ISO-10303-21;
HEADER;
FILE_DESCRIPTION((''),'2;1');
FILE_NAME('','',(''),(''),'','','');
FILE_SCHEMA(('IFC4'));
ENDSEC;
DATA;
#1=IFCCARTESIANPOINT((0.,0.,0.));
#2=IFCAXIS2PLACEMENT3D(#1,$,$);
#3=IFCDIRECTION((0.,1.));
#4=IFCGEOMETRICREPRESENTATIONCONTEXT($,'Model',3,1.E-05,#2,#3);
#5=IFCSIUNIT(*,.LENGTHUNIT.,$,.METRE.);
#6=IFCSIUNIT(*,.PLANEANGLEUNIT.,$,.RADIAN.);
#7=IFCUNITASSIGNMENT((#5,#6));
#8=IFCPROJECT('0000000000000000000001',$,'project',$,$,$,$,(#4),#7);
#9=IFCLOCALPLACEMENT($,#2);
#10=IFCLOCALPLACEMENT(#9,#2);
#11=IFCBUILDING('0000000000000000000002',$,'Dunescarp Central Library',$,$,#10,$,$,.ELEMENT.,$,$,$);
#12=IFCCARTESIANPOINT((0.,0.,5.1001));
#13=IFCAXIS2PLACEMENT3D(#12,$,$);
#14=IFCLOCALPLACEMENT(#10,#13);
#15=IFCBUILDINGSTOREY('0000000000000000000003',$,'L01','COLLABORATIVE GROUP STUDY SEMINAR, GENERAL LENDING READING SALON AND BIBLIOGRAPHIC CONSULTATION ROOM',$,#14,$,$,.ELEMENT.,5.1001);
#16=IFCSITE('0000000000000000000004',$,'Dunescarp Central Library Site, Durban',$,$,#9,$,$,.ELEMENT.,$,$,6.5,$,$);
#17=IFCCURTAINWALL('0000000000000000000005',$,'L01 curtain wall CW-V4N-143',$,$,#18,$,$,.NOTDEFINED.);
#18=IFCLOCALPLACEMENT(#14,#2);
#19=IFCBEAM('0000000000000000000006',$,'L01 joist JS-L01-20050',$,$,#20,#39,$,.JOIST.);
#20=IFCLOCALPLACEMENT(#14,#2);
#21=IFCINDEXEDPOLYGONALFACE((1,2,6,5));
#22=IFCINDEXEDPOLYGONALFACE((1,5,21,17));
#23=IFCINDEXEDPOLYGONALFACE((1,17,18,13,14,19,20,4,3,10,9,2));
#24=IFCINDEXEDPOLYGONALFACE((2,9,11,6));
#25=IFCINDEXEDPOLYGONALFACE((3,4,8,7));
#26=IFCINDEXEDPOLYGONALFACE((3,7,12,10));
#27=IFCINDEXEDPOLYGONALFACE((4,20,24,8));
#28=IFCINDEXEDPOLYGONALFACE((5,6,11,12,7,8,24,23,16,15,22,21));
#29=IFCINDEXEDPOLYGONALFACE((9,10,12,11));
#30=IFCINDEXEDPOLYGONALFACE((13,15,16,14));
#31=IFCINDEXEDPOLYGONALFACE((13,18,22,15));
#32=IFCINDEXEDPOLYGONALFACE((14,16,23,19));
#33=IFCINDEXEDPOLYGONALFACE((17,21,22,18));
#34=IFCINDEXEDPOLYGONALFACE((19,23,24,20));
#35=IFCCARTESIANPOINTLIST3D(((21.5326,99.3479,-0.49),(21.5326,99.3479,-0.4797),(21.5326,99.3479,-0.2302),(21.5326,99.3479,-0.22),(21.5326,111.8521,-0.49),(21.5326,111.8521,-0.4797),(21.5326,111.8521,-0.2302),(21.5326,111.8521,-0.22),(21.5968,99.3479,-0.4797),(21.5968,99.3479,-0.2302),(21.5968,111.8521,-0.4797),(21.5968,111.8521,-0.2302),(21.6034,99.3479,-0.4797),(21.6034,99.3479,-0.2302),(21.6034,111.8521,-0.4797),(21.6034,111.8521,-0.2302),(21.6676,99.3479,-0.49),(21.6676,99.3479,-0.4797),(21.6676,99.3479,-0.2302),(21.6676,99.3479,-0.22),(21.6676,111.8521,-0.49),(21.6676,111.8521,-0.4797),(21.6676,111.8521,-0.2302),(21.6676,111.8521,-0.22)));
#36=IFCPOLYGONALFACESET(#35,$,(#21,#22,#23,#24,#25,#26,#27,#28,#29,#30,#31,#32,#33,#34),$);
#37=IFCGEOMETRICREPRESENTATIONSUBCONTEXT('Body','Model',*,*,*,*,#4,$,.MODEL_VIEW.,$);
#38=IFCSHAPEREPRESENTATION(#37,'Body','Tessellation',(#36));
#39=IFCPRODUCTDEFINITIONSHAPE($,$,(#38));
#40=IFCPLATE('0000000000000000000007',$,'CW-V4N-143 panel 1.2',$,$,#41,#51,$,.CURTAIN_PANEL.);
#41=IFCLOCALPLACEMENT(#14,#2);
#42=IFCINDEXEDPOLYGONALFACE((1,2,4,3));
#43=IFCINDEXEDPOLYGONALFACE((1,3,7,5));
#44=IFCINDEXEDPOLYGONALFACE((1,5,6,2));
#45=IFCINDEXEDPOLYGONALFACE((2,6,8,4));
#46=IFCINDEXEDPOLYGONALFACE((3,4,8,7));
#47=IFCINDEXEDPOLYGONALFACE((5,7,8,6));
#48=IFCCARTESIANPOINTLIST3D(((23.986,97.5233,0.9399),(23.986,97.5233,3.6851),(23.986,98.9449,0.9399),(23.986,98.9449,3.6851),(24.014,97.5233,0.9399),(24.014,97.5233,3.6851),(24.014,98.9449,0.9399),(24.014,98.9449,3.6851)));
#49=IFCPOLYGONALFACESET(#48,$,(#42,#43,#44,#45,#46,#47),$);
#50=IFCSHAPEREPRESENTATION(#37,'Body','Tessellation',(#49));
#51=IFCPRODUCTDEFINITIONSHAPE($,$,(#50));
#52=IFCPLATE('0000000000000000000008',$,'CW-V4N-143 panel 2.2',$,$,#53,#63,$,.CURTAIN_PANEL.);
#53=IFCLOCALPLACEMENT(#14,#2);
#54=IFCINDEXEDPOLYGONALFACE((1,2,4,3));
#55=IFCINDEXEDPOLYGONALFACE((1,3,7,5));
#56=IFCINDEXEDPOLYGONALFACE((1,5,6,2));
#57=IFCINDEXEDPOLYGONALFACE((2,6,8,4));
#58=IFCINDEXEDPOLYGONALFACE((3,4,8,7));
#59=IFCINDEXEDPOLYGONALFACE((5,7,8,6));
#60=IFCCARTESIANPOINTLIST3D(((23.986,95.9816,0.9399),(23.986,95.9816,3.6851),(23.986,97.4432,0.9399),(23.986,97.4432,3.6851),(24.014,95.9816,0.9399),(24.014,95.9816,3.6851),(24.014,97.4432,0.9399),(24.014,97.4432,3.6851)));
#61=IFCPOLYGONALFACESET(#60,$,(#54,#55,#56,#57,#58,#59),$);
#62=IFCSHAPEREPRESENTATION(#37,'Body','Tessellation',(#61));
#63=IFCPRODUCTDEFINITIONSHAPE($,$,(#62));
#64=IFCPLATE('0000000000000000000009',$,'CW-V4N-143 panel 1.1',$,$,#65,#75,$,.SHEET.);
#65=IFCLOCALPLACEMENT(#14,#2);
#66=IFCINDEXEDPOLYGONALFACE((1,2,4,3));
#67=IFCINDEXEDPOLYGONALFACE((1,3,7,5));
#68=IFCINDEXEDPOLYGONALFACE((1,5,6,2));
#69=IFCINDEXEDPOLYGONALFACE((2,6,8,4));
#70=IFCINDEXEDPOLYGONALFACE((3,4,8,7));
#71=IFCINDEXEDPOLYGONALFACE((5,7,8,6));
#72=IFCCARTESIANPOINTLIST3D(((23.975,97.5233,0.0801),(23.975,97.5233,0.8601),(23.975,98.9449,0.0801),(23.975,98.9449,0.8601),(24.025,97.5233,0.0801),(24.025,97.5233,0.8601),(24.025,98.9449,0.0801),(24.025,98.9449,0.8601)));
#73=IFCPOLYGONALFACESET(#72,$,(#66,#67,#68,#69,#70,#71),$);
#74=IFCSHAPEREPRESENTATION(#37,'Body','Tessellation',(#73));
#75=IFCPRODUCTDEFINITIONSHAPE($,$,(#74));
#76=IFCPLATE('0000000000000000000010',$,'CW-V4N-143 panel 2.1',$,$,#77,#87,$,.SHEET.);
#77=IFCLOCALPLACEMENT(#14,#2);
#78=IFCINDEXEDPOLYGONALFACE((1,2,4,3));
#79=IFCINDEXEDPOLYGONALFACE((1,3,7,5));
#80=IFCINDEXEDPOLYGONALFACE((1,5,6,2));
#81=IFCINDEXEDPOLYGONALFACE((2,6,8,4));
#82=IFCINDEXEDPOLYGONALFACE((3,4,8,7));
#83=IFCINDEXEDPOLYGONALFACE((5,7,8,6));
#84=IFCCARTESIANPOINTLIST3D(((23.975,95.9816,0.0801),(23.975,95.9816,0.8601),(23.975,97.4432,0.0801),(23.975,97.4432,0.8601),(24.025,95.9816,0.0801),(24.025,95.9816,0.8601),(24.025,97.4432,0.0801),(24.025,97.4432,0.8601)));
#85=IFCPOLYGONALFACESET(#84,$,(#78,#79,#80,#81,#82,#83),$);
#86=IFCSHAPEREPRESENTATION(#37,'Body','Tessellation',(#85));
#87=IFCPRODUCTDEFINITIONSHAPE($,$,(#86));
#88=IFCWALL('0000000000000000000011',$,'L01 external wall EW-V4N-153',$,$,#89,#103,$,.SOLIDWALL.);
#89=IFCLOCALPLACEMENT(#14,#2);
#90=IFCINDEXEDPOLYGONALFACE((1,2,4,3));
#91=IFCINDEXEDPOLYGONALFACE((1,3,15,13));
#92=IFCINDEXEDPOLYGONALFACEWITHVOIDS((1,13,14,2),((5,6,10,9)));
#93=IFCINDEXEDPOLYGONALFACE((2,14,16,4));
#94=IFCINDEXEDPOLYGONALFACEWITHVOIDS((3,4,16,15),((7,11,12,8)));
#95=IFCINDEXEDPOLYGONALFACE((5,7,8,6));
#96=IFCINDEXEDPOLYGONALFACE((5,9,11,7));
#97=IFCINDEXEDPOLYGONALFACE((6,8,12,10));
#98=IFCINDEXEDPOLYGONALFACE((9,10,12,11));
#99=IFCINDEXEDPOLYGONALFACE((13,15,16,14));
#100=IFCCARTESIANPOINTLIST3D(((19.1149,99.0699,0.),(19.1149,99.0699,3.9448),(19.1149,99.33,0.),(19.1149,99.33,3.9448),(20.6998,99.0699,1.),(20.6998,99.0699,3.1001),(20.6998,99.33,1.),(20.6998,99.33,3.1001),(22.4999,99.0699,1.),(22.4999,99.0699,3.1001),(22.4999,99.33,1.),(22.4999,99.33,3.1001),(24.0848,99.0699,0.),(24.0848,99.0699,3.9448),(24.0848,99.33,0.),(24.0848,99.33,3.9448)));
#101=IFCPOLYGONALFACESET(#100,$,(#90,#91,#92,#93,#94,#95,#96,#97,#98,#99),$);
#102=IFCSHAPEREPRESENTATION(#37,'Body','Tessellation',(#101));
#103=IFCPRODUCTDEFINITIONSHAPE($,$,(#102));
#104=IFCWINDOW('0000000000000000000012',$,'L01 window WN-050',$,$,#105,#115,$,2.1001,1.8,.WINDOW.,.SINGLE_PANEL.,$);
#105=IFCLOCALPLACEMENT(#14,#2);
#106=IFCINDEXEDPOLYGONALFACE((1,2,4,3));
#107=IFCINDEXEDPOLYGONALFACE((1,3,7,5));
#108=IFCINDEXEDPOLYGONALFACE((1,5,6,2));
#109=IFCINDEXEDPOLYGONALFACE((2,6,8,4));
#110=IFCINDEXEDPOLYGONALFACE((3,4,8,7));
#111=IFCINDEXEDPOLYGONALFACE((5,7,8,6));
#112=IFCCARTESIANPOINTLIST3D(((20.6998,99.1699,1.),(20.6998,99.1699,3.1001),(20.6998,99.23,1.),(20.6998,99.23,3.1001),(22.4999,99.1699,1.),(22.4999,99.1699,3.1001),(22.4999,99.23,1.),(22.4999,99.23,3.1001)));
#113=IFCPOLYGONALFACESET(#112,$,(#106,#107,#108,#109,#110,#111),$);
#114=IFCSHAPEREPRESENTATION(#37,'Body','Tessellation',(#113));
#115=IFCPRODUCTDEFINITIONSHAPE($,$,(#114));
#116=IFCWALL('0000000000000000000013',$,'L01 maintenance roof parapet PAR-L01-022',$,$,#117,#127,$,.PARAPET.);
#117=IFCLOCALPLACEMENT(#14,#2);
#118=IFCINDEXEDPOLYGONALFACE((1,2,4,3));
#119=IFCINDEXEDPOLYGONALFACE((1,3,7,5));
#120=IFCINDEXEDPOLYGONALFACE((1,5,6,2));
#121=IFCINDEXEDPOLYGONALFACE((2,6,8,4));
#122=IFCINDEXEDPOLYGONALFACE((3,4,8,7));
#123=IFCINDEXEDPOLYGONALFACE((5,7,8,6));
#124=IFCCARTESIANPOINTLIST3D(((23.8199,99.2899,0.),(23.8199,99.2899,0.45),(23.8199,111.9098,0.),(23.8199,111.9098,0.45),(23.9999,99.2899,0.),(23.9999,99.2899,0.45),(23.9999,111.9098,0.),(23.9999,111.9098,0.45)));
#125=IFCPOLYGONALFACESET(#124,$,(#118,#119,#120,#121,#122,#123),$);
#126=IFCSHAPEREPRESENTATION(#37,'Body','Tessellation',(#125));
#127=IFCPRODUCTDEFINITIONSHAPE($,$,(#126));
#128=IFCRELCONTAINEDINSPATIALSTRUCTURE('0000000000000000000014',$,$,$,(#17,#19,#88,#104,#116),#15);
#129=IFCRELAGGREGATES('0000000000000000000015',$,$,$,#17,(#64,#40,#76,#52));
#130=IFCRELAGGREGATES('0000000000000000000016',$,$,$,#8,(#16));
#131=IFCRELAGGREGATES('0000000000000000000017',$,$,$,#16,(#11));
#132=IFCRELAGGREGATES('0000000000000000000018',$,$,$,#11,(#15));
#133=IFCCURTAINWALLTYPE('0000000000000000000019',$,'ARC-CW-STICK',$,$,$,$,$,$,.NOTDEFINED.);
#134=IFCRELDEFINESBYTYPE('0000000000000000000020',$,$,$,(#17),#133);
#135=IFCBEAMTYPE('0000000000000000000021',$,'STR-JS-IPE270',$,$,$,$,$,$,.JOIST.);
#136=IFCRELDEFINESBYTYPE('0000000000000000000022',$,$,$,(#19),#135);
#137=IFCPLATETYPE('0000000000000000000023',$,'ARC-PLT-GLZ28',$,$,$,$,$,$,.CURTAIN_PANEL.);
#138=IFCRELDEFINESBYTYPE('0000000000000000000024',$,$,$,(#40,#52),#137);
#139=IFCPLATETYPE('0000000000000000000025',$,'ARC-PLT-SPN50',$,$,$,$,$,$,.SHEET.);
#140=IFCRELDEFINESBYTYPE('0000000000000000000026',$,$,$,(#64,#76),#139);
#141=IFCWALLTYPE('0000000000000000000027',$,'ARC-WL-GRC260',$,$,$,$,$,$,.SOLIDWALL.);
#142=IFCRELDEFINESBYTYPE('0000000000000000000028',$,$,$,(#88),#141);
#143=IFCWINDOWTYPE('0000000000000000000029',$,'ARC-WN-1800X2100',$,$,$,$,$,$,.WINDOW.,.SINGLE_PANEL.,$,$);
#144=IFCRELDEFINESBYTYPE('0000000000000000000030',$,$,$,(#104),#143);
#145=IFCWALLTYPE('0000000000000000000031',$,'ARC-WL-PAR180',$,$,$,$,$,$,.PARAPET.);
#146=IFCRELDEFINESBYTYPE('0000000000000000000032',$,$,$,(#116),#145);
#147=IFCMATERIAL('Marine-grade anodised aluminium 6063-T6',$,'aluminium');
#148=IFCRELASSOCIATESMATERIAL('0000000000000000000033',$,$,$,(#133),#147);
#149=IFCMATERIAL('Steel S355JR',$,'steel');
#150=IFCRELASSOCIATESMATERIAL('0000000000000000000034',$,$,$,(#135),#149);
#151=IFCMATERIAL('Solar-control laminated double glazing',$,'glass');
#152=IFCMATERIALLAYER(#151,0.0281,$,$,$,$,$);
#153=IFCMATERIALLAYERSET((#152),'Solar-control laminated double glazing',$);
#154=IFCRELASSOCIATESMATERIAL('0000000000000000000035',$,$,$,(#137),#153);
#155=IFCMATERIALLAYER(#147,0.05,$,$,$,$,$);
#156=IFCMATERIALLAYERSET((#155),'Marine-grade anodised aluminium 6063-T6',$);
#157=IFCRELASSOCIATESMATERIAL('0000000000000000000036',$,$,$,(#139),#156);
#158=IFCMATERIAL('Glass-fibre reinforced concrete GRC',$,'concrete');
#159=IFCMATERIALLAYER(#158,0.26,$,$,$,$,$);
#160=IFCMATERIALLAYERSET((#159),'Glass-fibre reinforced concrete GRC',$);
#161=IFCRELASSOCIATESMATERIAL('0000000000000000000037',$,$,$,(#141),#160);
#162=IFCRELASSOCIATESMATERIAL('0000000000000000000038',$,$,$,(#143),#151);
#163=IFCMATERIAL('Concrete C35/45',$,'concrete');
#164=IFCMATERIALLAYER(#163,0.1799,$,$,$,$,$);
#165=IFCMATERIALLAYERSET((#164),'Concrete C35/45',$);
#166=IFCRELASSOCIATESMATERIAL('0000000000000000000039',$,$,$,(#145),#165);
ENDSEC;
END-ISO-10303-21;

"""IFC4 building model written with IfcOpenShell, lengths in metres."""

from ifc_helpers import new_model, si_unit, direction, frame, frame_2d, origin, origin_2d, place, context, subcontext, project, spatial, rectangle, i_section, extrude, material, layer, layer_set, material_profile, profile_set, type_object, element, fill, aggregate, save


model = new_model("IFC4")

# Units and contexts
model_context = context("Model", 3, precision=1e-05, world=origin(), true_north=direction((0.0, 1.0)))
body_context = subcontext(model_context, "Body", "Model", "MODEL_VIEW")
ifc_project = project(units=[si_unit("LENGTHUNIT", "METRE"), si_unit("PLANEANGLEUNIT", "RADIAN")], contexts=[model_context])

# Site, building, storey
site_placement = place(None, origin())
site = spatial("IfcSite", under=ifc_project, at=site_placement, Name="Dunescarp Central Library Site, Durban", CompositionType="ELEMENT", RefElevation=6.5)
building_placement = place(site_placement, origin())
building = spatial("IfcBuilding", under=site, at=building_placement, Name="Dunescarp Central Library", CompositionType="ELEMENT")
storey_placement = place(building_placement, frame((0.0, 0.0, 5.1001)))
storey = spatial("IfcBuildingStorey", under=building, at=storey_placement, Name="L01", Description="COLLABORATIVE GROUP STUDY SEMINAR, GENERAL LENDING READING SALON AND BIBLIOGRAPHIC CONSULTATION ROOM", CompositionType="ELEMENT", Elevation=5.1001)

# Shared definitions
ifc_material_1 = material(Name="Steel S355JR", Category="steel")

# Curtain wall
ifc_material_2 = material(Name="Marine-grade anodised aluminium 6063-T6", Category="aluminium")
curtain_wall_type = type_object("IfcCurtainWallType", Name="ARC-CW-STICK", PredefinedType="NOTDEFINED", material=ifc_material_2)
curtain_wall_placement = place(storey_placement, origin())
curtain_wall = element("IfcCurtainWall", 1, at=curtain_wall_placement, inside=storey, type_object=curtain_wall_type, Name="L01 curtain wall CW-V4N-143", PredefinedType="NOTDEFINED")

# Beam
ifc_material_profile_1 = material_profile(ifc_material_1, i_section(OverallWidth=0.135, OverallDepth=0.27, WebThickness=0.0066, FlangeThickness=0.0103, at=origin_2d()), Name="IPE 270")
ifc_profile_set_1 = profile_set([ifc_material_profile_1], Name="Steel S355JR")
beam_type_1 = type_object("IfcBeamType", Name="STR-JS-IPE270", PredefinedType="JOIST", material=ifc_profile_set_1)
for number, where, z_axis, x_axis, name in (
    (2, (21.6001, 99.3479, -0.355), (0.0, 1.0, 0.0), (-1.0, 0.0, 0.0), "L01 joist JS-L01-20050"),
):
    element("IfcBeam", number, at=place(storey_placement, frame(where, z_axis=z_axis, x_axis=x_axis)), inside=storey, type_object=beam_type_1, Name=name, PredefinedType="JOIST", context=body_context, shape_type="SweptSolid", body=[
        extrude(i_section(OverallWidth=0.135, OverallDepth=0.27, WebThickness=0.0066, FlangeThickness=0.0103, at=origin_2d()), origin(), (0.0, 0.0, 1.0), 12.5042),
    ])

# Plates
ifc_material_3 = material(Name="Solar-control laminated double glazing", Category="glass")
ifc_layer_1 = layer(ifc_material_3, 0.0281)
ifc_layer_set_1 = layer_set([ifc_layer_1], Name="Solar-control laminated double glazing")
plate_type_1 = type_object("IfcPlateType", Name="ARC-PLT-GLZ28", PredefinedType="CURTAIN_PANEL", material=ifc_layer_set_1)
plate_1_placement = place(storey_placement, frame((24.0, 98.2341, 0.9399), z_axis=(0.0, 0.0, 1.0), x_axis=(0.0, -1.0, 0.0)))
plate_1 = element("IfcPlate", 3, at=plate_1_placement, type_object=plate_type_1, Name="CW-V4N-143 panel 1.2", PredefinedType="CURTAIN_PANEL", context=body_context, shape_type="SweptSolid", body=[
    extrude(rectangle(XDim=1.4216, YDim=0.0281, at=origin_2d()), origin(), (0.0, 0.0, 1.0), 2.7451),
])
plate_2_placement = place(storey_placement, frame((24.0, 96.7124, 0.9399), z_axis=(0.0, 0.0, 1.0), x_axis=(0.0, -1.0, 0.0)))
plate_2 = element("IfcPlate", 4, at=plate_2_placement, type_object=plate_type_1, Name="CW-V4N-143 panel 2.2", PredefinedType="CURTAIN_PANEL", context=body_context, shape_type="SweptSolid", body=[
    extrude(rectangle(XDim=1.4617, YDim=0.0281, at=origin_2d()), origin(), (0.0, 0.0, 1.0), 2.7451),
])
ifc_layer_2 = layer(ifc_material_2, 0.05)
ifc_layer_set_2 = layer_set([ifc_layer_2], Name="Marine-grade anodised aluminium 6063-T6")
plate_type_2 = type_object("IfcPlateType", Name="ARC-PLT-SPN50", PredefinedType="SHEET", material=ifc_layer_set_2)
plate_3_placement = place(storey_placement, frame((24.0, 98.2341, 0.0801), z_axis=(0.0, 0.0, 1.0), x_axis=(0.0, -1.0, 0.0)))
plate_3 = element("IfcPlate", 5, at=plate_3_placement, type_object=plate_type_2, Name="CW-V4N-143 panel 1.1", PredefinedType="SHEET", context=body_context, shape_type="SweptSolid", body=[
    extrude(rectangle(XDim=1.4216, YDim=0.05, at=origin_2d()), origin(), (0.0, 0.0, 1.0), 0.78),
])
plate_4_placement = place(storey_placement, frame((24.0, 96.7124, 0.0801), z_axis=(0.0, 0.0, 1.0), x_axis=(0.0, -1.0, 0.0)))
plate_4 = element("IfcPlate", 6, at=plate_4_placement, type_object=plate_type_2, Name="CW-V4N-143 panel 2.1", PredefinedType="SHEET", context=body_context, shape_type="SweptSolid", body=[
    extrude(rectangle(XDim=1.4617, YDim=0.05, at=origin_2d()), origin(), (0.0, 0.0, 1.0), 0.78),
])
aggregate(curtain_wall, [plate_3, plate_1, plate_4, plate_2])

# Wall, opening, window
ifc_material_4 = material(Name="Glass-fibre reinforced concrete GRC", Category="concrete")
ifc_layer_3 = layer(ifc_material_4, 0.26)
ifc_layer_set_3 = layer_set([ifc_layer_3], Name="Glass-fibre reinforced concrete GRC")
wall_type_1 = type_object("IfcWallType", Name="ARC-WL-GRC260", PredefinedType="SOLIDWALL", material=ifc_layer_set_3)
wall_1_placement = place(storey_placement, frame((19.115, 99.2, 0.0), z_axis=(0.0, 0.0, 1.0), x_axis=(1.0, 0.0, 0.0)))
wall_1 = element("IfcWall", 7, at=wall_1_placement, inside=storey, type_object=wall_type_1, Name="L01 external wall EW-V4N-153", PredefinedType="SOLIDWALL", context=body_context, shape_type="SweptSolid", body=[
    extrude(rectangle(XDim=4.97, YDim=0.26, at=frame_2d((2.4849, 0.0))), origin(), (0.0, 0.0, 1.0), 3.9448),
])
opening_placement = place(wall_1_placement, frame((1.585, 0.0, 1.0)))
opening = element("IfcOpeningElement", 8, at=opening_placement, cuts=wall_1, PredefinedType="OPENING", context=body_context, shape_type="SweptSolid", body=[
    extrude(rectangle(XDim=1.8, YDim=2.1001, at=frame_2d((0.8999, 1.05))), frame((0.0, 0.1401, 0.0), z_axis=(0.0, -1.0, 0.0), x_axis=(1.0, 0.0, 0.0)), (0.0, 0.0, 1.0), 0.28),
])
window_type = type_object("IfcWindowType", Name="ARC-WN-1800X2100", PartitioningType="SINGLE_PANEL", PredefinedType="WINDOW", material=ifc_material_3)
window_placement = place(opening_placement, origin())
window = element("IfcWindow", 9, at=window_placement, inside=storey, type_object=window_type, Name="L01 window WN-050", OverallHeight=2.1001, OverallWidth=1.8, PartitioningType="SINGLE_PANEL", PredefinedType="WINDOW", context=body_context, shape_type="SweptSolid", body=[
    extrude(rectangle(XDim=1.8, YDim=2.1001, at=frame_2d((0.8999, 1.05))), frame((0.0, 0.03, 0.0), z_axis=(0.0, -1.0, 0.0), x_axis=(1.0, 0.0, 0.0)), (0.0, 0.0, 1.0), 0.0601),
])
fill(opening, window)

# Wall
ifc_material_5 = material(Name="Concrete C35/45", Category="concrete")
ifc_layer_4 = layer(ifc_material_5, 0.1799)
ifc_layer_set_4 = layer_set([ifc_layer_4], Name="Concrete C35/45")
wall_type_2 = type_object("IfcWallType", Name="ARC-WL-PAR180", PredefinedType="PARAPET", material=ifc_layer_set_4)
wall_2_placement = place(storey_placement, frame((23.9099, 111.9099, 0.0), z_axis=(0.0, 0.0, 1.0), x_axis=(0.0, -1.0, 0.0)))
element("IfcWall", 10, at=wall_2_placement, inside=storey, type_object=wall_type_2, Name="L01 maintenance roof parapet PAR-L01-022", PredefinedType="PARAPET", context=body_context, shape_type="SweptSolid", body=[
    extrude(rectangle(XDim=12.6199, YDim=0.1799, at=frame_2d((6.3101, 0.0))), origin(), (0.0, 0.0, 1.0), 0.45),
])

save(model, "model.ifc")
